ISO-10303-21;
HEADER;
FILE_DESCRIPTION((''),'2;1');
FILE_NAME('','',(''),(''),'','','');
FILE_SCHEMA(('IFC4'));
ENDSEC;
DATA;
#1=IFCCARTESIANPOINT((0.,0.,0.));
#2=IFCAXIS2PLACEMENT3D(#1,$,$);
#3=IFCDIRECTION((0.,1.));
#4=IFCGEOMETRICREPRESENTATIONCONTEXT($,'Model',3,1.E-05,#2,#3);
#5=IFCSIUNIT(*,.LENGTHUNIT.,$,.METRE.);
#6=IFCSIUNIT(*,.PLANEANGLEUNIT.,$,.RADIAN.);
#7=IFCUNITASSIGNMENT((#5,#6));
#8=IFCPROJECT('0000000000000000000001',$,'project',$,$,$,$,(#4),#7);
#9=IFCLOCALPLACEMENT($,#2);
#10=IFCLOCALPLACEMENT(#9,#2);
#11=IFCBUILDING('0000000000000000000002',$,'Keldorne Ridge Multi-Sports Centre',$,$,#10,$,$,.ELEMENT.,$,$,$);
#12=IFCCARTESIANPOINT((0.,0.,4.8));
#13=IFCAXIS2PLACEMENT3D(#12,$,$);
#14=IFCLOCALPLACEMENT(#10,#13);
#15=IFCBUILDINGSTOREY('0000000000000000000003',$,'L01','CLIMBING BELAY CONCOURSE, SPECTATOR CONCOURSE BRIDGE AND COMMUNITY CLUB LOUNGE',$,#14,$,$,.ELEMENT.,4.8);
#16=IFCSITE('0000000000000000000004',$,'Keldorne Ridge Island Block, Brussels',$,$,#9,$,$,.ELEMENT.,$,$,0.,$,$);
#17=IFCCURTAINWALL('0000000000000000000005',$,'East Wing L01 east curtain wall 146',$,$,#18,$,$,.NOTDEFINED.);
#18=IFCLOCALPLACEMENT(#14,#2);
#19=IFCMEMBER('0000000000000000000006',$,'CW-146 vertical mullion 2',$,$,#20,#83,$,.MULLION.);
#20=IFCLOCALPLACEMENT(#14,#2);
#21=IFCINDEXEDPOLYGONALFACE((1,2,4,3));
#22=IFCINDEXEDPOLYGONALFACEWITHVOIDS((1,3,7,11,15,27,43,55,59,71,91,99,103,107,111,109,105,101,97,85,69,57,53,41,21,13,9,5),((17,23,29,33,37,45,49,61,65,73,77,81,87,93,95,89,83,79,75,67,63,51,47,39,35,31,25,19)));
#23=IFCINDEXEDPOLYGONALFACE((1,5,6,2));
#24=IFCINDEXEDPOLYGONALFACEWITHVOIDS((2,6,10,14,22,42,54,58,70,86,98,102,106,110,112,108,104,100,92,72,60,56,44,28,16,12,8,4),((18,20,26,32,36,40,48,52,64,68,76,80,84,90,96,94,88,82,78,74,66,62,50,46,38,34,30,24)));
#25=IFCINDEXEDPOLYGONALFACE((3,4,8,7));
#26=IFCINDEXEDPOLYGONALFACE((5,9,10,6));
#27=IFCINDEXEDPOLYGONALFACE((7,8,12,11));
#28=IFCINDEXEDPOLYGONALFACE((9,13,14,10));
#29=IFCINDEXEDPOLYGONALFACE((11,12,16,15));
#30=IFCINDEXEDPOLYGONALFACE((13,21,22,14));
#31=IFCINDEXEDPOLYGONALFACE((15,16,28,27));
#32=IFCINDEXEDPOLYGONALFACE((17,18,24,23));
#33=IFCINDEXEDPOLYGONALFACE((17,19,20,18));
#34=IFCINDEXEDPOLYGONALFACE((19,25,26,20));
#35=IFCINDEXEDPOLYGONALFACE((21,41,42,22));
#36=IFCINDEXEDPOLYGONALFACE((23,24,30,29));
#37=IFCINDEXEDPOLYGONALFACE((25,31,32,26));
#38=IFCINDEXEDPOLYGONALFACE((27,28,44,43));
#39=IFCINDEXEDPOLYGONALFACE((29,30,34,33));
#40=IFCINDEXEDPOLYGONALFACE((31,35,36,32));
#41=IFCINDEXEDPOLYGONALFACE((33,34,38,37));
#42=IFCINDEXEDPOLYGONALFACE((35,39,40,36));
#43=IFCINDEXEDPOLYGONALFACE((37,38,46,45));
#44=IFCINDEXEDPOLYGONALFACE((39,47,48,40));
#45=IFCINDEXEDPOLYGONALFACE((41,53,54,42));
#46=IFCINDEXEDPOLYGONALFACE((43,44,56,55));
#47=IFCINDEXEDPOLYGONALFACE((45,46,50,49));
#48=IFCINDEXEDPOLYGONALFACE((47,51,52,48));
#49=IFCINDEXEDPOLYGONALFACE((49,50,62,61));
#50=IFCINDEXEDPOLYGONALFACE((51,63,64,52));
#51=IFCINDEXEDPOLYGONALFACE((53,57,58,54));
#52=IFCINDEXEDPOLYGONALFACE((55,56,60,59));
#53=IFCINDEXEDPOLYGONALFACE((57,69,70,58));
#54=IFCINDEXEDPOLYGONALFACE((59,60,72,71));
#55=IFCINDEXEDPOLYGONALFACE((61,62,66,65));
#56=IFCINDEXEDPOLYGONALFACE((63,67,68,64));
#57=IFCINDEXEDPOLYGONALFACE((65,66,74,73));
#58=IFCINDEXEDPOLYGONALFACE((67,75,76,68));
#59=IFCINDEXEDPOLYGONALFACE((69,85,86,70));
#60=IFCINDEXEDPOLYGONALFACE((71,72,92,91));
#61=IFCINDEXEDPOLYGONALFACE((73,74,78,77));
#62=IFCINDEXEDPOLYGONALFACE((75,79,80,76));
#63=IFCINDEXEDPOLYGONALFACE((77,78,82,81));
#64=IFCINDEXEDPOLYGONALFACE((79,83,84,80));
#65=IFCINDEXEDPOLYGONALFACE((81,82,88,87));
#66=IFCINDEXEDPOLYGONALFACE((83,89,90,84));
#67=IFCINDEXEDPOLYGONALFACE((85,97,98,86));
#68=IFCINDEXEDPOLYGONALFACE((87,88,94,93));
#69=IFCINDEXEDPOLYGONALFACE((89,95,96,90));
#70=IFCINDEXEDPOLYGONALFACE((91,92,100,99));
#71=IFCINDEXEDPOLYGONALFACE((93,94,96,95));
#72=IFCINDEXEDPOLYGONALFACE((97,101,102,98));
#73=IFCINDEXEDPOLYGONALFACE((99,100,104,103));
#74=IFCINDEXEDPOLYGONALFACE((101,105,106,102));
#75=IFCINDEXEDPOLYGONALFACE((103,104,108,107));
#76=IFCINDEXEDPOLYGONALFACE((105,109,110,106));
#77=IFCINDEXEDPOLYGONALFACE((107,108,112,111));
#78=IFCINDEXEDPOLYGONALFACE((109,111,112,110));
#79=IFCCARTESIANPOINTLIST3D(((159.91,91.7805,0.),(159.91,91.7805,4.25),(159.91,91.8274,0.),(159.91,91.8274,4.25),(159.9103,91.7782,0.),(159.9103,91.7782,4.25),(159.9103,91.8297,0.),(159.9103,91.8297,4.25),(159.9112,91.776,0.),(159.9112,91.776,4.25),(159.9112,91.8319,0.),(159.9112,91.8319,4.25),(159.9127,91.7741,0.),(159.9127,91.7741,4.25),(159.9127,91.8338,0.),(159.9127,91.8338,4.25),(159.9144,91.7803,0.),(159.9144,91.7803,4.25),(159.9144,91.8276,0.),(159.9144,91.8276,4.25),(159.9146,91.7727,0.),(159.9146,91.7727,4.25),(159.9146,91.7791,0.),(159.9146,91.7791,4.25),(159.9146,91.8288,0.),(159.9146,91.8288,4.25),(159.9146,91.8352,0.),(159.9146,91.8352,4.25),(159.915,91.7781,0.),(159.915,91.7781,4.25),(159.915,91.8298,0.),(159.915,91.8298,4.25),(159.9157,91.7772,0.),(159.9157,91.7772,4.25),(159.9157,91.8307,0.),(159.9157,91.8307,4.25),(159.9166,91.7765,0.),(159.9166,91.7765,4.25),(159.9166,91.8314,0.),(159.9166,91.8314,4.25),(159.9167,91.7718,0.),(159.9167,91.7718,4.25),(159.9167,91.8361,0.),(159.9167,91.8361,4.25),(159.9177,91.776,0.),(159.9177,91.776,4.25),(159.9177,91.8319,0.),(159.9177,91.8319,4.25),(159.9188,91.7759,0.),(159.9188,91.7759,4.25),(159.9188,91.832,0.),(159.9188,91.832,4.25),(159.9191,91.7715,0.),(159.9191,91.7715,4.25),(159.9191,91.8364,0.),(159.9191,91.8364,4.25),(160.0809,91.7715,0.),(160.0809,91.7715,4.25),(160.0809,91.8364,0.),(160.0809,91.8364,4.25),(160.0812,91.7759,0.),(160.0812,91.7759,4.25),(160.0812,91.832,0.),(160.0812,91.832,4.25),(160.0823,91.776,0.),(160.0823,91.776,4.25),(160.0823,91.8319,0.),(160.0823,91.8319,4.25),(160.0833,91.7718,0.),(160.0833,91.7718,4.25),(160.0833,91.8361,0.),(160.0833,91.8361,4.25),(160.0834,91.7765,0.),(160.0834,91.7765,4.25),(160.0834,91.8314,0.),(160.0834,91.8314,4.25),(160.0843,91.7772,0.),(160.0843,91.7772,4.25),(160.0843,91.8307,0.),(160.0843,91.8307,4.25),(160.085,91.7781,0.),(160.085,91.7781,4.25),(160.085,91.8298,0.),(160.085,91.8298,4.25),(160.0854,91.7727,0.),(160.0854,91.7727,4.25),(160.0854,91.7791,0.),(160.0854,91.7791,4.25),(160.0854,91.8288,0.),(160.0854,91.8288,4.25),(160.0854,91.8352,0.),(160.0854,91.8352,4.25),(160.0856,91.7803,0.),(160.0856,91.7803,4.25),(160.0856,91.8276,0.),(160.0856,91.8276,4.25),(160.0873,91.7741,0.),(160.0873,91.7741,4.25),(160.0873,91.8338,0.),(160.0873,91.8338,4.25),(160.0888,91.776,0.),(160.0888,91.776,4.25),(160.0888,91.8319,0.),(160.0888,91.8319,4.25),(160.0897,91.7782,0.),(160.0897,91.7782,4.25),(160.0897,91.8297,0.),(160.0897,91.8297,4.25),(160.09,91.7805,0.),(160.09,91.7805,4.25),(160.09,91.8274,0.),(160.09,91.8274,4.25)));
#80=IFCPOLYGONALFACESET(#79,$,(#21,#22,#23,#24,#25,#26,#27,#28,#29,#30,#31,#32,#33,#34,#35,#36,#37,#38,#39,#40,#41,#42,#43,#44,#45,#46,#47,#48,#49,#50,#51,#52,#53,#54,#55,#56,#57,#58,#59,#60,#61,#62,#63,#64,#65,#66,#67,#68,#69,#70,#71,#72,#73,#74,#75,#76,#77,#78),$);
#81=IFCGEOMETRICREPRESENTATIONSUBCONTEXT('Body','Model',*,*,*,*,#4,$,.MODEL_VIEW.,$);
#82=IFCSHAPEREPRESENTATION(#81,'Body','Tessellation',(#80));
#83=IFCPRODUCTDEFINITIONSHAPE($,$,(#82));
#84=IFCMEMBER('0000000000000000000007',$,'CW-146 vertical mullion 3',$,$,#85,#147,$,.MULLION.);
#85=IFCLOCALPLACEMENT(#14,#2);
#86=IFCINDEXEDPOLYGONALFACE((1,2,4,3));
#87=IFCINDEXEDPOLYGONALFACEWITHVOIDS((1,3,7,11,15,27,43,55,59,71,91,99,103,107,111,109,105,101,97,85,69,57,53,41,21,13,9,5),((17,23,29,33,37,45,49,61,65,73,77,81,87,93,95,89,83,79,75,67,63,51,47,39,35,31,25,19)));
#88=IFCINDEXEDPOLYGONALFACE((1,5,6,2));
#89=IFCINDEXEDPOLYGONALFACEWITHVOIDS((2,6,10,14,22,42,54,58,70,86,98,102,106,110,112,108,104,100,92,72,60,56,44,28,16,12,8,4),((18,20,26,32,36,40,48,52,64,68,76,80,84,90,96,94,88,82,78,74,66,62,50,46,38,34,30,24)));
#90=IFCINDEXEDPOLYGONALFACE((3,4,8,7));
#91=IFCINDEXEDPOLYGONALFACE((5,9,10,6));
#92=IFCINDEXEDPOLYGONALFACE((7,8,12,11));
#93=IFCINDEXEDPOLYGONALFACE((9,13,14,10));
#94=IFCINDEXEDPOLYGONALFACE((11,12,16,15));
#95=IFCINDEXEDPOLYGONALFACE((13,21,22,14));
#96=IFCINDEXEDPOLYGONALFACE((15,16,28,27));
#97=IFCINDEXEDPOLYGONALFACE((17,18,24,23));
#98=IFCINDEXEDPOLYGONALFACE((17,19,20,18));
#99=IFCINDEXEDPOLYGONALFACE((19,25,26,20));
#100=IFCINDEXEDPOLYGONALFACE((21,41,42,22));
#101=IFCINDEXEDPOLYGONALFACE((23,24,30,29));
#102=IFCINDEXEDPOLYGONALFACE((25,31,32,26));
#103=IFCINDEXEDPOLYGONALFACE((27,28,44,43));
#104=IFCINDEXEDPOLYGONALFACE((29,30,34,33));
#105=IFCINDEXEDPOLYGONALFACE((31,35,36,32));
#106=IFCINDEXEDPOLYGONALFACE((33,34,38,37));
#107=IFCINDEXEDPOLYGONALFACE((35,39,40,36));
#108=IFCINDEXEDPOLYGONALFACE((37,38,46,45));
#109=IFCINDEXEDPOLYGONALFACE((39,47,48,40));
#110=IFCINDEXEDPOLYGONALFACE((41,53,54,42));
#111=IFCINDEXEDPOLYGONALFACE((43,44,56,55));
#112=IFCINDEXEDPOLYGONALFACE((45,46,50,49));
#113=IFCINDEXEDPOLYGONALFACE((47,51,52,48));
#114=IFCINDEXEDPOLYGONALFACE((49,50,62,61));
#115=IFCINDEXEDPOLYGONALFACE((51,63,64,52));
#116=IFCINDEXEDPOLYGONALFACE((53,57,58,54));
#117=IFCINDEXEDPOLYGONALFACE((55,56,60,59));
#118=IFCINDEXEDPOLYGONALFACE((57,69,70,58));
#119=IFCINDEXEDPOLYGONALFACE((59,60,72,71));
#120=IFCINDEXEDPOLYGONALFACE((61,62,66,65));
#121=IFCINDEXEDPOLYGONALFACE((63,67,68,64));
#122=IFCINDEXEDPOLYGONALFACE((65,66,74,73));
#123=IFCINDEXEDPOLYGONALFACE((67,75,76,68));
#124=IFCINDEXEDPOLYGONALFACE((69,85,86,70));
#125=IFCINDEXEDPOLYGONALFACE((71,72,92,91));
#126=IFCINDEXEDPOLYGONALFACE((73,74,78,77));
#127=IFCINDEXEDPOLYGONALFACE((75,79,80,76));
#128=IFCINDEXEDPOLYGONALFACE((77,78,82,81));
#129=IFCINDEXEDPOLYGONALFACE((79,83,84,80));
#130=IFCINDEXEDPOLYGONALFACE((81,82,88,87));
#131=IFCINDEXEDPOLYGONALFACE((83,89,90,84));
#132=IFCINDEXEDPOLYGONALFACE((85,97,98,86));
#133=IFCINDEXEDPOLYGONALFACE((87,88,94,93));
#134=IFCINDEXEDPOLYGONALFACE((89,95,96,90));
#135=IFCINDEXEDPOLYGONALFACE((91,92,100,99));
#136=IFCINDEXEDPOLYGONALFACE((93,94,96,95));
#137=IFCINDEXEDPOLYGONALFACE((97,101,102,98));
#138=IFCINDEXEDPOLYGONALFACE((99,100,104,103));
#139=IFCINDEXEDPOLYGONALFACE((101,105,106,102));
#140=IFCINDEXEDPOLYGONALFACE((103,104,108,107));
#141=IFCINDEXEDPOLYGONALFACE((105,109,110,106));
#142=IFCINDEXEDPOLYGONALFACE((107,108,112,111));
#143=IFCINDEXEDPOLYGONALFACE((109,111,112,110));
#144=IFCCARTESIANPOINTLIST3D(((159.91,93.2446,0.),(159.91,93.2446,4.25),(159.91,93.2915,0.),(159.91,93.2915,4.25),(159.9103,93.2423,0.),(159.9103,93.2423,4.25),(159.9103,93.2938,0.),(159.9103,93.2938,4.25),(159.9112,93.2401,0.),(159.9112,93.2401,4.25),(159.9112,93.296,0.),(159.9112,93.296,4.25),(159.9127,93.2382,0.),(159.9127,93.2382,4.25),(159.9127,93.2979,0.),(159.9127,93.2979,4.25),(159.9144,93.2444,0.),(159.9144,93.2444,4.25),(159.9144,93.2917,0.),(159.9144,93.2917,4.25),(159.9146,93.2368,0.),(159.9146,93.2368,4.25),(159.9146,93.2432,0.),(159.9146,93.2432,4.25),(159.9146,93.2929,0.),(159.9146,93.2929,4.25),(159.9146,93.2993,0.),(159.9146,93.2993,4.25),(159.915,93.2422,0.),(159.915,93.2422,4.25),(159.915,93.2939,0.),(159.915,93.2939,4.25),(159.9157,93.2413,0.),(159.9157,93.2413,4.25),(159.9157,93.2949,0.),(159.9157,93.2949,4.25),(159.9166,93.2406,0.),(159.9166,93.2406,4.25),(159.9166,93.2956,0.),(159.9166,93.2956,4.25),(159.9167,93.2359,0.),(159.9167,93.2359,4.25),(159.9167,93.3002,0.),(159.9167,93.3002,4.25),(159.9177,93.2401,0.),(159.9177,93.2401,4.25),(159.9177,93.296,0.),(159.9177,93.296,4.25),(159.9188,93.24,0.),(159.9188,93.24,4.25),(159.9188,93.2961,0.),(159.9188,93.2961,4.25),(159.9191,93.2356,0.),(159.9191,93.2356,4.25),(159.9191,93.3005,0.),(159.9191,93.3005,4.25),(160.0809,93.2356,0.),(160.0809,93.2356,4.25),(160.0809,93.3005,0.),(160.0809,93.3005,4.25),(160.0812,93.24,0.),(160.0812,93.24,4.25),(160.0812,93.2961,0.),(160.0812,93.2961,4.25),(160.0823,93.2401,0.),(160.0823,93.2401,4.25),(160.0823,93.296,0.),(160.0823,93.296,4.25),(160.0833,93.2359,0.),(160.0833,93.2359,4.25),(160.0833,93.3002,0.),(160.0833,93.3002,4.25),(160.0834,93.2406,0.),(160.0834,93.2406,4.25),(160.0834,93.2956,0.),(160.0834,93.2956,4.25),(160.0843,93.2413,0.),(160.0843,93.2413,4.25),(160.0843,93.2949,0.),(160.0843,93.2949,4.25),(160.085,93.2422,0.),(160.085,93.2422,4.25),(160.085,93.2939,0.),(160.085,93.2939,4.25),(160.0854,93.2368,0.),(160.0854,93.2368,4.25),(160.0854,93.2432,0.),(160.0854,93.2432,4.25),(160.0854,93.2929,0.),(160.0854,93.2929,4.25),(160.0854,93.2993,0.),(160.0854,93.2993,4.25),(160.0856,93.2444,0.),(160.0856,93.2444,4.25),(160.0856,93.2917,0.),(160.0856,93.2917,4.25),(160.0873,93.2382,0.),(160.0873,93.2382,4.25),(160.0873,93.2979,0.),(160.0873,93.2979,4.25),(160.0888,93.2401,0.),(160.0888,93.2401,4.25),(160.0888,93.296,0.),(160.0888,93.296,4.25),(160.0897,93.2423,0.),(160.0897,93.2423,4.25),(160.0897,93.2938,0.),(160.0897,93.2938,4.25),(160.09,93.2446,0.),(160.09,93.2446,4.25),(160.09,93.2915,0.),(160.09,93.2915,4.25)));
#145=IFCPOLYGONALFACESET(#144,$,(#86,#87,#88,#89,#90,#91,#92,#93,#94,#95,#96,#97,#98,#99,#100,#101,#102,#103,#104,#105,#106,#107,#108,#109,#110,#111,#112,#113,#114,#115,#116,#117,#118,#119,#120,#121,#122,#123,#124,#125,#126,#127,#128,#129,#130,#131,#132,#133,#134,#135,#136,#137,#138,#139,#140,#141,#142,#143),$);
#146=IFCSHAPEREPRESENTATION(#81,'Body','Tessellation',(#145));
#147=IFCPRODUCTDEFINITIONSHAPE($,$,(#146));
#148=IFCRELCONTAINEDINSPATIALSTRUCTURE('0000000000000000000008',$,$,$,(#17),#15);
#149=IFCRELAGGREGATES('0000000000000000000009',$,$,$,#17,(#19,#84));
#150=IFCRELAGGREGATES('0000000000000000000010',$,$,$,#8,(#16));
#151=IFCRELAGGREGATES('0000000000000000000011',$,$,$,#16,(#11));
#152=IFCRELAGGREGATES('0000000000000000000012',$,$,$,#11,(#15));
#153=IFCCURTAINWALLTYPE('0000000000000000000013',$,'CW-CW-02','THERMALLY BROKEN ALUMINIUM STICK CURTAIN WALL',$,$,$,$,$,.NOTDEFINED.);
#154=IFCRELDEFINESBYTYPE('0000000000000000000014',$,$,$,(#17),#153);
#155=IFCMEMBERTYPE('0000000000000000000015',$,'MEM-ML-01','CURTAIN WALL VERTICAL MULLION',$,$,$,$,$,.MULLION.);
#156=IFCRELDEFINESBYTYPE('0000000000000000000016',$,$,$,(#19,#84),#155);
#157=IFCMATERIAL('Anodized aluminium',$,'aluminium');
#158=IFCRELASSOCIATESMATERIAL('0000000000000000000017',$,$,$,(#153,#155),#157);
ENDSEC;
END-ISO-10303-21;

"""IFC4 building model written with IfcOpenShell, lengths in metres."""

from ifc_helpers import new_model, si_unit, direction, frame, origin, origin_2d, place, context, subcontext, project, spatial, hollow_rectangle, extrude, material, material_profile, profile_set, type_object, element, aggregate, save


model = new_model("IFC4")

# Units and contexts
model_context = context("Model", 3, precision=1e-05, world=origin(), true_north=direction((0.0, 1.0)))
body_context = subcontext(model_context, "Body", "Model", "MODEL_VIEW")
ifc_project = project(units=[si_unit("LENGTHUNIT", "METRE"), si_unit("PLANEANGLEUNIT", "RADIAN")], contexts=[model_context])

# Site, building, storey
site_placement = place(None, origin())
site = spatial("IfcSite", under=ifc_project, at=site_placement, Name="Keldorne Ridge Island Block, Brussels", CompositionType="ELEMENT", RefElevation=0.0)
building_placement = place(site_placement, origin())
building = spatial("IfcBuilding", under=site, at=building_placement, Name="Keldorne Ridge Multi-Sports Centre", CompositionType="ELEMENT")
storey_placement = place(building_placement, frame((0.0, 0.0, 4.8)))
storey = spatial("IfcBuildingStorey", under=building, at=storey_placement, Name="L01", Description="CLIMBING BELAY CONCOURSE, SPECTATOR CONCOURSE BRIDGE AND COMMUNITY CLUB LOUNGE", CompositionType="ELEMENT", Elevation=4.8)

# Curtain wall, members
ifc_material_1 = material(Name="Anodized aluminium", Category="aluminium")
curtain_wall_type = type_object("IfcCurtainWallType", Name="CW-CW-02", Description="THERMALLY BROKEN ALUMINIUM STICK CURTAIN WALL", PredefinedType="NOTDEFINED", material=ifc_material_1)
curtain_wall_placement = place(storey_placement, origin())
curtain_wall = element("IfcCurtainWall", 1, at=curtain_wall_placement, inside=storey, type_object=curtain_wall_type, Name="East Wing L01 east curtain wall 146", PredefinedType="NOTDEFINED")
ifc_material_profile_1 = material_profile(ifc_material_1, hollow_rectangle(XDim=0.0649, YDim=0.1799, WallThickness=0.0044, InnerFilletRadius=0.0044, OuterFilletRadius=0.009, at=origin_2d()), Name="ALU MULLION 180x65x4.5")
ifc_profile_set_1 = profile_set([ifc_material_profile_1], Name="Anodized aluminium")
member_type_1 = type_object("IfcMemberType", Name="MEM-ML-01", Description="CURTAIN WALL VERTICAL MULLION", PredefinedType="MULLION", material=ifc_profile_set_1)
member_1_placement = place(storey_placement, frame((160.0, 91.804, 0.0), z_axis=(0.0, 0.0, 1.0), x_axis=(0.0, 1.0, 0.0)))
member_1 = element("IfcMember", 2, at=member_1_placement, type_object=member_type_1, Name="CW-146 vertical mullion 2", PredefinedType="MULLION", context=body_context, shape_type="SweptSolid", body=[
    extrude(hollow_rectangle(XDim=0.0649, YDim=0.1799, WallThickness=0.0044, InnerFilletRadius=0.0044, OuterFilletRadius=0.009, at=origin_2d()), origin(), (0.0, 0.0, 1.0), 4.25),
])
member_2_placement = place(storey_placement, frame((160.0, 93.2681, 0.0), z_axis=(0.0, 0.0, 1.0), x_axis=(0.0, 1.0, 0.0)))
member_2 = element("IfcMember", 3, at=member_2_placement, type_object=member_type_1, Name="CW-146 vertical mullion 3", PredefinedType="MULLION", context=body_context, shape_type="SweptSolid", body=[
    extrude(hollow_rectangle(XDim=0.0649, YDim=0.1799, WallThickness=0.0044, InnerFilletRadius=0.0044, OuterFilletRadius=0.009, at=origin_2d()), origin(), (0.0, 0.0, 1.0), 4.25),
])
aggregate(curtain_wall, [member_1, member_2])

save(model, "model.ifc")
